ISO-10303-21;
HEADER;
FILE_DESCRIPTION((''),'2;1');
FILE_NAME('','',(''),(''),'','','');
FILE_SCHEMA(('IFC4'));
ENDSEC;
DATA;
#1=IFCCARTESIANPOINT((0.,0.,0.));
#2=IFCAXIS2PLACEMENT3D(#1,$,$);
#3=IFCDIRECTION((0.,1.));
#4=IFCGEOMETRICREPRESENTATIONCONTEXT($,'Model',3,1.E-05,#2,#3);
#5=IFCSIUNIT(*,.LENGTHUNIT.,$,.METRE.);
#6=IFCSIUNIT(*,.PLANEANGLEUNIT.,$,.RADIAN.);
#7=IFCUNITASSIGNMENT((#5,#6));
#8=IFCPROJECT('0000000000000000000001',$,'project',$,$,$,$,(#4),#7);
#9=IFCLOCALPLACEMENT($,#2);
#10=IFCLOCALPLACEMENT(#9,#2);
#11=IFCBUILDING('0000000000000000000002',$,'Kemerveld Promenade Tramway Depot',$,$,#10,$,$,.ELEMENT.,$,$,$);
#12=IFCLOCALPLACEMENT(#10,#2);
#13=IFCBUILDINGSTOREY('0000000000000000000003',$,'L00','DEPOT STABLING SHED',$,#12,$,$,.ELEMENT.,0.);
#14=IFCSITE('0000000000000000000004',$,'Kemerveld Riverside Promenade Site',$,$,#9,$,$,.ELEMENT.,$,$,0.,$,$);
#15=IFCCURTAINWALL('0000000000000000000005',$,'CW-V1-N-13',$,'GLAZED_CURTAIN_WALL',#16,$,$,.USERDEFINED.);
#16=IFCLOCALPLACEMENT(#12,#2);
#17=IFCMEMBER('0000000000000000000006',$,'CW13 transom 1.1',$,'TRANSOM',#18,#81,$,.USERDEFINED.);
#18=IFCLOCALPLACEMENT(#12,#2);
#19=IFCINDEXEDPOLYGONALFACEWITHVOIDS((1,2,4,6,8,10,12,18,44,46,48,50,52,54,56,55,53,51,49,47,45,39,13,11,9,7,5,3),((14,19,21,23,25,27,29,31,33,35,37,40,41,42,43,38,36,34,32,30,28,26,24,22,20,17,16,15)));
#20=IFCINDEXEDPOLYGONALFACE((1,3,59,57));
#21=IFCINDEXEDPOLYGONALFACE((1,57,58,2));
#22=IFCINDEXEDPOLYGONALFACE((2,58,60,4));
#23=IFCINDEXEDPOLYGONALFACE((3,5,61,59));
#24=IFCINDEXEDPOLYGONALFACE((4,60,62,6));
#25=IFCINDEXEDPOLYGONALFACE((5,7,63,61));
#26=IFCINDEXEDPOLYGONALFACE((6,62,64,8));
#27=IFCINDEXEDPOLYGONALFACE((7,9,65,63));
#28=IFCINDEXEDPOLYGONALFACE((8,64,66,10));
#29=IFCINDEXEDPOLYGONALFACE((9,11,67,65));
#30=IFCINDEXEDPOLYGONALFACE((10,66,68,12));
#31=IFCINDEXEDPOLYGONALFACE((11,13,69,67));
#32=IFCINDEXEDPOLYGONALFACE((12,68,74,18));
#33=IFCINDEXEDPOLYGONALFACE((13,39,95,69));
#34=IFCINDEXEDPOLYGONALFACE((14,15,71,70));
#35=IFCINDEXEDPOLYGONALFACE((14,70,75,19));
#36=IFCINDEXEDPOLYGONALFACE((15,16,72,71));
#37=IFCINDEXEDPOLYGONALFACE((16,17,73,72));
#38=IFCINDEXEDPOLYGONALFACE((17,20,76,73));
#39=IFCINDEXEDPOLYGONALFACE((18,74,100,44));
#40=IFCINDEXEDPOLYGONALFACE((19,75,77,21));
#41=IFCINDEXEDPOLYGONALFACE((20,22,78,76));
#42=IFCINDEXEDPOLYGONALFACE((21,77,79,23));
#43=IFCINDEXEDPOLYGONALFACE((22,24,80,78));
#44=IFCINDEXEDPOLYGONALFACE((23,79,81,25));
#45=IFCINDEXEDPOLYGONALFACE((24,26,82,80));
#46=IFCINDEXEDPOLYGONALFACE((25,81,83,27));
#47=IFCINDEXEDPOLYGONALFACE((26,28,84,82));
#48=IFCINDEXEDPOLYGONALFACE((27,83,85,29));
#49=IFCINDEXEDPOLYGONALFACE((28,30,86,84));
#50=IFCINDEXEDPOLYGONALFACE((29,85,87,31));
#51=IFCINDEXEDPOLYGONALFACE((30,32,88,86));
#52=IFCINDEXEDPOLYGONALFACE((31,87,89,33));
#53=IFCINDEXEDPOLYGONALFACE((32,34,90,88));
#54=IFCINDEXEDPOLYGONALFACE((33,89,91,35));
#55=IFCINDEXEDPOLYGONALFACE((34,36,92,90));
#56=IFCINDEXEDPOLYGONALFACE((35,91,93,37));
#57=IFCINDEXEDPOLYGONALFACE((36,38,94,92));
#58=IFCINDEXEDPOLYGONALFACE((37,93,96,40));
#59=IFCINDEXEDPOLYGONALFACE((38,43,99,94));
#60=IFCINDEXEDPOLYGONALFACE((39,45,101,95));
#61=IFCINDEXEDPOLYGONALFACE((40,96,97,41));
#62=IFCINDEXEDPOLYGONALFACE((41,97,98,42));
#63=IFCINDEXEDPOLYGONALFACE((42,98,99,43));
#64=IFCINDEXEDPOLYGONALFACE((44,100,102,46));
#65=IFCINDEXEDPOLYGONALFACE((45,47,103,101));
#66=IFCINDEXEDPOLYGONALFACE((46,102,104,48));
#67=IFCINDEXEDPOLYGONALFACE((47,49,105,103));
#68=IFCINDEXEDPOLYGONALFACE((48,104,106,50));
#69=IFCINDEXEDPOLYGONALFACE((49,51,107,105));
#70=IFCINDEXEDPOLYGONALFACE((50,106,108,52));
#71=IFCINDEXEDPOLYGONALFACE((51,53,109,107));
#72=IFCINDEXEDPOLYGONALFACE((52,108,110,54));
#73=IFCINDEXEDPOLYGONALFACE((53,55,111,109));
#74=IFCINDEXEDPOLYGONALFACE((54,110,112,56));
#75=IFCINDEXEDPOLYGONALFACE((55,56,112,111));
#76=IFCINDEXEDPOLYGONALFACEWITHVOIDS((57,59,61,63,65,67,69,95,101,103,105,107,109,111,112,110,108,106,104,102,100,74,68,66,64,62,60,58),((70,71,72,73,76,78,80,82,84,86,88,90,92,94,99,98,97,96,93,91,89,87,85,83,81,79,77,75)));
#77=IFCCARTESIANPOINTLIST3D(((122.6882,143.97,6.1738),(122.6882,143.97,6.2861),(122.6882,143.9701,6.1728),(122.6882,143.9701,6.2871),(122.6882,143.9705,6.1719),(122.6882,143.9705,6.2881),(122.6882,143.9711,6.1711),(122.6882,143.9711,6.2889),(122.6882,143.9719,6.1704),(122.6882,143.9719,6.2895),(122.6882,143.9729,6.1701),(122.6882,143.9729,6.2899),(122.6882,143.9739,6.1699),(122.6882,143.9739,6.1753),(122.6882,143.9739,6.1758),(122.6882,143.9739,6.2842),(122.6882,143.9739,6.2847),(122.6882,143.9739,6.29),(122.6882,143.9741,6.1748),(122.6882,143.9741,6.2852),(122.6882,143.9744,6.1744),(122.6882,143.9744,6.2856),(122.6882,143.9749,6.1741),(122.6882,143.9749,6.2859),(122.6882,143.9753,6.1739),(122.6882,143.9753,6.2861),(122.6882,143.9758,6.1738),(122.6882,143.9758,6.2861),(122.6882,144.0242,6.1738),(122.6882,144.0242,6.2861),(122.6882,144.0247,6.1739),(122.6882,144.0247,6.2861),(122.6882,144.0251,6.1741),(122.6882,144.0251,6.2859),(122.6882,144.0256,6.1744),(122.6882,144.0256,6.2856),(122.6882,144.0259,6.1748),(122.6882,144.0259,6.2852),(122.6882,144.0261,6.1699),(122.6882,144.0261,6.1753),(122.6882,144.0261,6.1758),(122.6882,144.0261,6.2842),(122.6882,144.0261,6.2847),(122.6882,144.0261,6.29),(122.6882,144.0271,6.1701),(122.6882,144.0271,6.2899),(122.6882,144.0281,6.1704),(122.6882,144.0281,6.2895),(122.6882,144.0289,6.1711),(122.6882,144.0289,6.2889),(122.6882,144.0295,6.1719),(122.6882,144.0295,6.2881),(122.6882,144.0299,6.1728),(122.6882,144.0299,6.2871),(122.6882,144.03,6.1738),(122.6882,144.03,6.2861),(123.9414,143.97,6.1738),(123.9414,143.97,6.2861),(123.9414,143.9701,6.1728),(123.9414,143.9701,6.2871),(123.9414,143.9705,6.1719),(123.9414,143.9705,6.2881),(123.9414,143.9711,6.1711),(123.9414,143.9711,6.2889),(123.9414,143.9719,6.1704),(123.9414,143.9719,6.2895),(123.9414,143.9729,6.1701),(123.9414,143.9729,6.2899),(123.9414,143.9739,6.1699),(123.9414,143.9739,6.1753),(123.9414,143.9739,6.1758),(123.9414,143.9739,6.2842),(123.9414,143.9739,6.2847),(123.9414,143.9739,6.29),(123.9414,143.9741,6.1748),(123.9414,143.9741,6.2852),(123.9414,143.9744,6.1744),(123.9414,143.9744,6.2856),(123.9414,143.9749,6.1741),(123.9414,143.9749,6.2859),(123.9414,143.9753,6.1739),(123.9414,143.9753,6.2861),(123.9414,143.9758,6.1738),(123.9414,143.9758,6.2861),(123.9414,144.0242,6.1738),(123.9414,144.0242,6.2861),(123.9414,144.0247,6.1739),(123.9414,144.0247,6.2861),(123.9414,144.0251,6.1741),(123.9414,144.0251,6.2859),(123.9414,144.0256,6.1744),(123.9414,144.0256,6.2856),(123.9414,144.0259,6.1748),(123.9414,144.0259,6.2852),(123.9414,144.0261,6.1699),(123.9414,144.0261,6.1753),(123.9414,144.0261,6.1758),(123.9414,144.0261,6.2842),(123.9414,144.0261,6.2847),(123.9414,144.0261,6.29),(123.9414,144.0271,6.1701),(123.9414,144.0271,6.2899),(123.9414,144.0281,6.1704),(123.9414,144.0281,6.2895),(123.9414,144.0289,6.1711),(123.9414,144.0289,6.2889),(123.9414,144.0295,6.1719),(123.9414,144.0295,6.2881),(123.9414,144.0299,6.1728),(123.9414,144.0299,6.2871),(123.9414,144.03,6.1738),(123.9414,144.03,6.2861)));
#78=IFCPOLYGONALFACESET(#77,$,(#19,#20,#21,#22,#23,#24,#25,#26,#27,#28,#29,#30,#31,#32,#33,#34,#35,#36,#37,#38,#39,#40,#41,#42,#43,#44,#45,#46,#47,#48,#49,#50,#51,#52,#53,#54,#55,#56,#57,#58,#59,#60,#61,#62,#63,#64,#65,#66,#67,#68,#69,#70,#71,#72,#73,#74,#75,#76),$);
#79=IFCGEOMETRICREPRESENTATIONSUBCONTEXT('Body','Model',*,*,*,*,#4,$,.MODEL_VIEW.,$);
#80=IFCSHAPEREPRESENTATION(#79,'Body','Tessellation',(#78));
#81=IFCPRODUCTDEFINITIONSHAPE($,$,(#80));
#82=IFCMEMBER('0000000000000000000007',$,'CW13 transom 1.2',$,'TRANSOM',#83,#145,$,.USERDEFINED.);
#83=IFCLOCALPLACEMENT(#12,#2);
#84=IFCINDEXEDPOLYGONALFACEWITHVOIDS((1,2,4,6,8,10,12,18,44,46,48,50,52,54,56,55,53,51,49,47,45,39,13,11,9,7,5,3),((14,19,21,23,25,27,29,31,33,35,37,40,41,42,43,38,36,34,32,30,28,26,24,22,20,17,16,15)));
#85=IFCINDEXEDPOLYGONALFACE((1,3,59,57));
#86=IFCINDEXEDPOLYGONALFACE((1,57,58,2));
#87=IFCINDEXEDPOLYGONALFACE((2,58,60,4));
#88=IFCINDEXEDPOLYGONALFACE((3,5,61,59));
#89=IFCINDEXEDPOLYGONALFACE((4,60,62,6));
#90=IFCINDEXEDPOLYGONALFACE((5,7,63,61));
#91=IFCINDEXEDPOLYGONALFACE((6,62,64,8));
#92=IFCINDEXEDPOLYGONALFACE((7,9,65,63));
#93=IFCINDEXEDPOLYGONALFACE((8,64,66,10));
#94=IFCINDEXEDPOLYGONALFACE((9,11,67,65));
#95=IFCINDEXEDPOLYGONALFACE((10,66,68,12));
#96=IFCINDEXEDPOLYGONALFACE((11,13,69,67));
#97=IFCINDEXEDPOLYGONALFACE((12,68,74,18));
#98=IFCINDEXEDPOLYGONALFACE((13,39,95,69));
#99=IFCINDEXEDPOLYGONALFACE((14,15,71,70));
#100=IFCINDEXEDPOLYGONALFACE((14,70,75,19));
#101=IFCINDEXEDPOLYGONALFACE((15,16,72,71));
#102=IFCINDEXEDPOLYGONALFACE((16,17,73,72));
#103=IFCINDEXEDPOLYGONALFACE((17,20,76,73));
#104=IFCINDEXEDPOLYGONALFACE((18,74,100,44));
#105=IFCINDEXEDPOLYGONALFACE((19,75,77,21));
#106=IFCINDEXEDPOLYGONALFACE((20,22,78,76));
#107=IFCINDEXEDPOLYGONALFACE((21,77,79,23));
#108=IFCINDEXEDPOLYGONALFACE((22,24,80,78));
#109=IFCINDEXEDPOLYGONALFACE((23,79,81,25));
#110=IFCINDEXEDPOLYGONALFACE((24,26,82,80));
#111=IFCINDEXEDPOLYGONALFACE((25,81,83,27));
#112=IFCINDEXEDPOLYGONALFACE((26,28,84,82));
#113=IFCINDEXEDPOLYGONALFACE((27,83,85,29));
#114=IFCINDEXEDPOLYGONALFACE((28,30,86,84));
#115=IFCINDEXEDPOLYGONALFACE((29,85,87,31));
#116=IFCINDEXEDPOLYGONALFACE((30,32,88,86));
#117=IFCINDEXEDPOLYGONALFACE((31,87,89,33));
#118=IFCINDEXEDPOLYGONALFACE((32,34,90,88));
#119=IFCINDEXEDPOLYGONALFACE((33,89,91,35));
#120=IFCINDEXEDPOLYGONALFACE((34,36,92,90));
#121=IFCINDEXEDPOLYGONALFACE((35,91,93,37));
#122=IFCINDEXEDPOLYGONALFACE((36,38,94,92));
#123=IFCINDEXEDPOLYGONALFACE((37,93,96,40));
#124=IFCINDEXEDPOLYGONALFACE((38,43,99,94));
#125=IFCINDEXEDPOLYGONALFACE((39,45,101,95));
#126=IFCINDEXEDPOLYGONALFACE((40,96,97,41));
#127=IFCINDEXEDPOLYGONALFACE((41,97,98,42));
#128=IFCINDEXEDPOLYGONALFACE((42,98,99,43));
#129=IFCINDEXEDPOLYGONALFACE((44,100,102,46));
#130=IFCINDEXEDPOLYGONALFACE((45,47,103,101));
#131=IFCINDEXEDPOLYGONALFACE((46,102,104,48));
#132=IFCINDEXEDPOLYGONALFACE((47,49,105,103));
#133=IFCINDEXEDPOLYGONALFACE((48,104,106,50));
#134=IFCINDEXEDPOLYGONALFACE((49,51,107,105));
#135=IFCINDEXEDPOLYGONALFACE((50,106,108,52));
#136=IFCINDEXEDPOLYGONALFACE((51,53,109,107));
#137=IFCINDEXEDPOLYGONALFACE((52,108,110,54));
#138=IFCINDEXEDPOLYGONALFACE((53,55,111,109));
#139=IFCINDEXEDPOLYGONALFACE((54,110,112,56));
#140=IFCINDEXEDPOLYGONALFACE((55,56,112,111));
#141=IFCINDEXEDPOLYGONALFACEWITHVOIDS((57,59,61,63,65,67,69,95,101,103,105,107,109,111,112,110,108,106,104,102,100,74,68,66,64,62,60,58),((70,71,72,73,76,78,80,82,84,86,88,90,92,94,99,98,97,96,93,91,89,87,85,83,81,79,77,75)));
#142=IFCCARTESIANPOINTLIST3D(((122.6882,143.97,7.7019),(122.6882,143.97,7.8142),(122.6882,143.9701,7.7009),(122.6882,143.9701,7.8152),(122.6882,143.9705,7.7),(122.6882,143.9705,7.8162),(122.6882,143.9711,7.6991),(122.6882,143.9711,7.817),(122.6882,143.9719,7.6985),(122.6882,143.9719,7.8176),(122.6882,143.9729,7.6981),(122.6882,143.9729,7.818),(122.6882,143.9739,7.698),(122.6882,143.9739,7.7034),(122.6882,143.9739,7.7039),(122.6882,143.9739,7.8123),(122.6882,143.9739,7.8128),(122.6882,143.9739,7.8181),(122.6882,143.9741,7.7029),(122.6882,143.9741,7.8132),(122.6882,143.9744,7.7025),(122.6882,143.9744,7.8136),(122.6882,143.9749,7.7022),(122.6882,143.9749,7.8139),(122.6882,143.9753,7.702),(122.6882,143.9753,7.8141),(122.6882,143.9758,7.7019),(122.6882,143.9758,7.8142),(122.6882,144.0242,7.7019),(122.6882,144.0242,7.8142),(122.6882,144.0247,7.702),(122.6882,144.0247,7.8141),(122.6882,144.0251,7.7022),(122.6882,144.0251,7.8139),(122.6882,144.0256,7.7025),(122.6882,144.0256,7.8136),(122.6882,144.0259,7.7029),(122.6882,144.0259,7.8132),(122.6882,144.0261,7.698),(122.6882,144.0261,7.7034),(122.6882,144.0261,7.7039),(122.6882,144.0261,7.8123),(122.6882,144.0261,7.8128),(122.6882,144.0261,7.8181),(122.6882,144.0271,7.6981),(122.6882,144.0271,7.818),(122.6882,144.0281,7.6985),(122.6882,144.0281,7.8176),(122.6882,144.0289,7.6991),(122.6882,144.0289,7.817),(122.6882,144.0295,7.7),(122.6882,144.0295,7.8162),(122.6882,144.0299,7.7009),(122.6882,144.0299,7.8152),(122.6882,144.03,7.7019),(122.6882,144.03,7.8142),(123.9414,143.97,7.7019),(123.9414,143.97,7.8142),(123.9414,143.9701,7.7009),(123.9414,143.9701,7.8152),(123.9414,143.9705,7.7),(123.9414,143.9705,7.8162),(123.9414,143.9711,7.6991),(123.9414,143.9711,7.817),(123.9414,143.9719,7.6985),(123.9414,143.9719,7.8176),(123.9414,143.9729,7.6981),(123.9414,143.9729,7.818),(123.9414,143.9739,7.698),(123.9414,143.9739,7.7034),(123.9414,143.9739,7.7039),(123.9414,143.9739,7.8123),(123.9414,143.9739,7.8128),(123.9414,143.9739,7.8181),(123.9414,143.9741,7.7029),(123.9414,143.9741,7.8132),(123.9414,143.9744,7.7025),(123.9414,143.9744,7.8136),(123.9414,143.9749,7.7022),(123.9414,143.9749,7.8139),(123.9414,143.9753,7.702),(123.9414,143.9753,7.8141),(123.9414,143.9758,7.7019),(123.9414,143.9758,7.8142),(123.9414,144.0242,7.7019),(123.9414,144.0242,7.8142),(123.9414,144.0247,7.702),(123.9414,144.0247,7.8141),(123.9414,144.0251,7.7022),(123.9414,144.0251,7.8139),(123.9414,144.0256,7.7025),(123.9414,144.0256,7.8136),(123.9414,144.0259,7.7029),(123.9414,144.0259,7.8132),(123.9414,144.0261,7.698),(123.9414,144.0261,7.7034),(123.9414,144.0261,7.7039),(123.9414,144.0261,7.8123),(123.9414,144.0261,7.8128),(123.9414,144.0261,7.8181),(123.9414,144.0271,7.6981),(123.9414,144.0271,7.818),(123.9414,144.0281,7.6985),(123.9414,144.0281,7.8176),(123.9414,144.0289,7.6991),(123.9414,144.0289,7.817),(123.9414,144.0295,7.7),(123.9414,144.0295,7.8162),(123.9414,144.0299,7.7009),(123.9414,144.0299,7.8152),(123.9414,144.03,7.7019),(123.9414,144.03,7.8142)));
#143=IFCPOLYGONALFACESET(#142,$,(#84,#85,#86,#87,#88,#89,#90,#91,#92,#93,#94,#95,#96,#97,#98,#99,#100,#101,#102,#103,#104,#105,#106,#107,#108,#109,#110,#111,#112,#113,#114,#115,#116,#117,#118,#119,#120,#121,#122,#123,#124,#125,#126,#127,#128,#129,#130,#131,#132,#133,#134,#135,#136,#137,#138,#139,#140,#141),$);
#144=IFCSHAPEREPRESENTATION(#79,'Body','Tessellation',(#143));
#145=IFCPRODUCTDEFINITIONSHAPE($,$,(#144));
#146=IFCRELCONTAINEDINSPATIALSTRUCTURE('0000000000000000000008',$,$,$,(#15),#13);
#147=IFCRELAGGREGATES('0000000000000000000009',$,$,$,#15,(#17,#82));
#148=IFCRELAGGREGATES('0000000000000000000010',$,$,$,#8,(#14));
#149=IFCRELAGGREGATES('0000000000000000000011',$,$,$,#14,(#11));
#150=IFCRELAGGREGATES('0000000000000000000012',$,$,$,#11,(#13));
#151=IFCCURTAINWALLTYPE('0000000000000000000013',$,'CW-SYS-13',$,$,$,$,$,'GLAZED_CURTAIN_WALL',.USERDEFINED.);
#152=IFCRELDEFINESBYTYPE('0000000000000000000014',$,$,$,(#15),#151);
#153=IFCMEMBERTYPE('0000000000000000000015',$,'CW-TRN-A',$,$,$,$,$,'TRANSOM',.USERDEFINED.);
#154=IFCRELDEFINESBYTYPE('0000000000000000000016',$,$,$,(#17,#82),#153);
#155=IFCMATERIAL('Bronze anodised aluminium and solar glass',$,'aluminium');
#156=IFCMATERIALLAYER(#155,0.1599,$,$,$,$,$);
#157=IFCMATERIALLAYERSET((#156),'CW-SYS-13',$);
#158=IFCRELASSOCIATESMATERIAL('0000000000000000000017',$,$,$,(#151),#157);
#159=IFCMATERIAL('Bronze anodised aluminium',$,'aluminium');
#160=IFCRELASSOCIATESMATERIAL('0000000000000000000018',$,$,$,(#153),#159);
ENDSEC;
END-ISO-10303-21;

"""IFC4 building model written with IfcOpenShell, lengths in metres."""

from ifc_helpers import new_model, si_unit, direction, frame, origin, origin_2d, place, context, subcontext, project, spatial, hollow_rectangle, extrude, material, layer, layer_set, material_profile, profile_set, type_object, element, aggregate, save


model = new_model("IFC4")

# Units and contexts
model_context = context("Model", 3, precision=1e-05, world=origin(), true_north=direction((0.0, 1.0)))
body_context = subcontext(model_context, "Body", "Model", "MODEL_VIEW")
ifc_project = project(units=[si_unit("LENGTHUNIT", "METRE"), si_unit("PLANEANGLEUNIT", "RADIAN")], contexts=[model_context])

# Site, building, storey
site_placement = place(None, origin())
site = spatial("IfcSite", under=ifc_project, at=site_placement, Name="Kemerveld Riverside Promenade Site", CompositionType="ELEMENT", RefElevation=0.0)
building_placement = place(site_placement, origin())
building = spatial("IfcBuilding", under=site, at=building_placement, Name="Kemerveld Promenade Tramway Depot", CompositionType="ELEMENT")
storey_placement = place(building_placement, origin())
storey = spatial("IfcBuildingStorey", under=building, at=storey_placement, Name="L00", Description="DEPOT STABLING SHED", CompositionType="ELEMENT", Elevation=0.0)

# Curtain wall, members
ifc_material_1 = material(Name="Bronze anodised aluminium and solar glass", Category="aluminium")
ifc_layer_1 = layer(ifc_material_1, 0.1599)
ifc_layer_set_1 = layer_set([ifc_layer_1], Name="CW-SYS-13")
curtain_wall_type = type_object("IfcCurtainWallType", Name="CW-SYS-13", ElementType="GLAZED_CURTAIN_WALL", PredefinedType="USERDEFINED", material=ifc_layer_set_1)
curtain_wall_placement = place(storey_placement, origin())
curtain_wall = element("IfcCurtainWall", 1, at=curtain_wall_placement, inside=storey, type_object=curtain_wall_type, Name="CW-V1-N-13", ObjectType="GLAZED_CURTAIN_WALL", PredefinedType="USERDEFINED")
ifc_material_2 = material(Name="Bronze anodised aluminium", Category="aluminium")
ifc_material_profile_1 = material_profile(ifc_material_2, hollow_rectangle(XDim=0.0601, YDim=0.1201, WallThickness=0.0039, InnerFilletRadius=0.002, OuterFilletRadius=0.0039, at=origin_2d()), Name="CW-TRN-120x60")
ifc_profile_set_1 = profile_set([ifc_material_profile_1], Name="Bronze anodised aluminium")
member_type_1 = type_object("IfcMemberType", Name="CW-TRN-A", ElementType="TRANSOM", PredefinedType="USERDEFINED", material=ifc_profile_set_1)
member_1_placement = place(storey_placement, frame((122.6882, 144.0, 6.23), z_axis=(1.0, 0.0, 0.0), x_axis=(0.0, 1.0, 0.0)))
member_1 = element("IfcMember", 2, at=member_1_placement, type_object=member_type_1, Name="CW13 transom 1.1", ObjectType="TRANSOM", PredefinedType="USERDEFINED", context=body_context, shape_type="SweptSolid", body=[
    extrude(hollow_rectangle(XDim=0.0601, YDim=0.1201, WallThickness=0.0039, InnerFilletRadius=0.002, OuterFilletRadius=0.0039, at=origin_2d()), origin(), (0.0, 0.0, 1.0), 1.2532),
])
member_2_placement = place(storey_placement, frame((122.6882, 144.0, 7.7581), z_axis=(1.0, 0.0, 0.0), x_axis=(0.0, 1.0, 0.0)))
member_2 = element("IfcMember", 3, at=member_2_placement, type_object=member_type_1, Name="CW13 transom 1.2", ObjectType="TRANSOM", PredefinedType="USERDEFINED", context=body_context, shape_type="SweptSolid", body=[
    extrude(hollow_rectangle(XDim=0.0601, YDim=0.1201, WallThickness=0.0039, InnerFilletRadius=0.002, OuterFilletRadius=0.0039, at=origin_2d()), origin(), (0.0, 0.0, 1.0), 1.2532),
])
aggregate(curtain_wall, [member_1, member_2])

save(model, "model.ifc")
